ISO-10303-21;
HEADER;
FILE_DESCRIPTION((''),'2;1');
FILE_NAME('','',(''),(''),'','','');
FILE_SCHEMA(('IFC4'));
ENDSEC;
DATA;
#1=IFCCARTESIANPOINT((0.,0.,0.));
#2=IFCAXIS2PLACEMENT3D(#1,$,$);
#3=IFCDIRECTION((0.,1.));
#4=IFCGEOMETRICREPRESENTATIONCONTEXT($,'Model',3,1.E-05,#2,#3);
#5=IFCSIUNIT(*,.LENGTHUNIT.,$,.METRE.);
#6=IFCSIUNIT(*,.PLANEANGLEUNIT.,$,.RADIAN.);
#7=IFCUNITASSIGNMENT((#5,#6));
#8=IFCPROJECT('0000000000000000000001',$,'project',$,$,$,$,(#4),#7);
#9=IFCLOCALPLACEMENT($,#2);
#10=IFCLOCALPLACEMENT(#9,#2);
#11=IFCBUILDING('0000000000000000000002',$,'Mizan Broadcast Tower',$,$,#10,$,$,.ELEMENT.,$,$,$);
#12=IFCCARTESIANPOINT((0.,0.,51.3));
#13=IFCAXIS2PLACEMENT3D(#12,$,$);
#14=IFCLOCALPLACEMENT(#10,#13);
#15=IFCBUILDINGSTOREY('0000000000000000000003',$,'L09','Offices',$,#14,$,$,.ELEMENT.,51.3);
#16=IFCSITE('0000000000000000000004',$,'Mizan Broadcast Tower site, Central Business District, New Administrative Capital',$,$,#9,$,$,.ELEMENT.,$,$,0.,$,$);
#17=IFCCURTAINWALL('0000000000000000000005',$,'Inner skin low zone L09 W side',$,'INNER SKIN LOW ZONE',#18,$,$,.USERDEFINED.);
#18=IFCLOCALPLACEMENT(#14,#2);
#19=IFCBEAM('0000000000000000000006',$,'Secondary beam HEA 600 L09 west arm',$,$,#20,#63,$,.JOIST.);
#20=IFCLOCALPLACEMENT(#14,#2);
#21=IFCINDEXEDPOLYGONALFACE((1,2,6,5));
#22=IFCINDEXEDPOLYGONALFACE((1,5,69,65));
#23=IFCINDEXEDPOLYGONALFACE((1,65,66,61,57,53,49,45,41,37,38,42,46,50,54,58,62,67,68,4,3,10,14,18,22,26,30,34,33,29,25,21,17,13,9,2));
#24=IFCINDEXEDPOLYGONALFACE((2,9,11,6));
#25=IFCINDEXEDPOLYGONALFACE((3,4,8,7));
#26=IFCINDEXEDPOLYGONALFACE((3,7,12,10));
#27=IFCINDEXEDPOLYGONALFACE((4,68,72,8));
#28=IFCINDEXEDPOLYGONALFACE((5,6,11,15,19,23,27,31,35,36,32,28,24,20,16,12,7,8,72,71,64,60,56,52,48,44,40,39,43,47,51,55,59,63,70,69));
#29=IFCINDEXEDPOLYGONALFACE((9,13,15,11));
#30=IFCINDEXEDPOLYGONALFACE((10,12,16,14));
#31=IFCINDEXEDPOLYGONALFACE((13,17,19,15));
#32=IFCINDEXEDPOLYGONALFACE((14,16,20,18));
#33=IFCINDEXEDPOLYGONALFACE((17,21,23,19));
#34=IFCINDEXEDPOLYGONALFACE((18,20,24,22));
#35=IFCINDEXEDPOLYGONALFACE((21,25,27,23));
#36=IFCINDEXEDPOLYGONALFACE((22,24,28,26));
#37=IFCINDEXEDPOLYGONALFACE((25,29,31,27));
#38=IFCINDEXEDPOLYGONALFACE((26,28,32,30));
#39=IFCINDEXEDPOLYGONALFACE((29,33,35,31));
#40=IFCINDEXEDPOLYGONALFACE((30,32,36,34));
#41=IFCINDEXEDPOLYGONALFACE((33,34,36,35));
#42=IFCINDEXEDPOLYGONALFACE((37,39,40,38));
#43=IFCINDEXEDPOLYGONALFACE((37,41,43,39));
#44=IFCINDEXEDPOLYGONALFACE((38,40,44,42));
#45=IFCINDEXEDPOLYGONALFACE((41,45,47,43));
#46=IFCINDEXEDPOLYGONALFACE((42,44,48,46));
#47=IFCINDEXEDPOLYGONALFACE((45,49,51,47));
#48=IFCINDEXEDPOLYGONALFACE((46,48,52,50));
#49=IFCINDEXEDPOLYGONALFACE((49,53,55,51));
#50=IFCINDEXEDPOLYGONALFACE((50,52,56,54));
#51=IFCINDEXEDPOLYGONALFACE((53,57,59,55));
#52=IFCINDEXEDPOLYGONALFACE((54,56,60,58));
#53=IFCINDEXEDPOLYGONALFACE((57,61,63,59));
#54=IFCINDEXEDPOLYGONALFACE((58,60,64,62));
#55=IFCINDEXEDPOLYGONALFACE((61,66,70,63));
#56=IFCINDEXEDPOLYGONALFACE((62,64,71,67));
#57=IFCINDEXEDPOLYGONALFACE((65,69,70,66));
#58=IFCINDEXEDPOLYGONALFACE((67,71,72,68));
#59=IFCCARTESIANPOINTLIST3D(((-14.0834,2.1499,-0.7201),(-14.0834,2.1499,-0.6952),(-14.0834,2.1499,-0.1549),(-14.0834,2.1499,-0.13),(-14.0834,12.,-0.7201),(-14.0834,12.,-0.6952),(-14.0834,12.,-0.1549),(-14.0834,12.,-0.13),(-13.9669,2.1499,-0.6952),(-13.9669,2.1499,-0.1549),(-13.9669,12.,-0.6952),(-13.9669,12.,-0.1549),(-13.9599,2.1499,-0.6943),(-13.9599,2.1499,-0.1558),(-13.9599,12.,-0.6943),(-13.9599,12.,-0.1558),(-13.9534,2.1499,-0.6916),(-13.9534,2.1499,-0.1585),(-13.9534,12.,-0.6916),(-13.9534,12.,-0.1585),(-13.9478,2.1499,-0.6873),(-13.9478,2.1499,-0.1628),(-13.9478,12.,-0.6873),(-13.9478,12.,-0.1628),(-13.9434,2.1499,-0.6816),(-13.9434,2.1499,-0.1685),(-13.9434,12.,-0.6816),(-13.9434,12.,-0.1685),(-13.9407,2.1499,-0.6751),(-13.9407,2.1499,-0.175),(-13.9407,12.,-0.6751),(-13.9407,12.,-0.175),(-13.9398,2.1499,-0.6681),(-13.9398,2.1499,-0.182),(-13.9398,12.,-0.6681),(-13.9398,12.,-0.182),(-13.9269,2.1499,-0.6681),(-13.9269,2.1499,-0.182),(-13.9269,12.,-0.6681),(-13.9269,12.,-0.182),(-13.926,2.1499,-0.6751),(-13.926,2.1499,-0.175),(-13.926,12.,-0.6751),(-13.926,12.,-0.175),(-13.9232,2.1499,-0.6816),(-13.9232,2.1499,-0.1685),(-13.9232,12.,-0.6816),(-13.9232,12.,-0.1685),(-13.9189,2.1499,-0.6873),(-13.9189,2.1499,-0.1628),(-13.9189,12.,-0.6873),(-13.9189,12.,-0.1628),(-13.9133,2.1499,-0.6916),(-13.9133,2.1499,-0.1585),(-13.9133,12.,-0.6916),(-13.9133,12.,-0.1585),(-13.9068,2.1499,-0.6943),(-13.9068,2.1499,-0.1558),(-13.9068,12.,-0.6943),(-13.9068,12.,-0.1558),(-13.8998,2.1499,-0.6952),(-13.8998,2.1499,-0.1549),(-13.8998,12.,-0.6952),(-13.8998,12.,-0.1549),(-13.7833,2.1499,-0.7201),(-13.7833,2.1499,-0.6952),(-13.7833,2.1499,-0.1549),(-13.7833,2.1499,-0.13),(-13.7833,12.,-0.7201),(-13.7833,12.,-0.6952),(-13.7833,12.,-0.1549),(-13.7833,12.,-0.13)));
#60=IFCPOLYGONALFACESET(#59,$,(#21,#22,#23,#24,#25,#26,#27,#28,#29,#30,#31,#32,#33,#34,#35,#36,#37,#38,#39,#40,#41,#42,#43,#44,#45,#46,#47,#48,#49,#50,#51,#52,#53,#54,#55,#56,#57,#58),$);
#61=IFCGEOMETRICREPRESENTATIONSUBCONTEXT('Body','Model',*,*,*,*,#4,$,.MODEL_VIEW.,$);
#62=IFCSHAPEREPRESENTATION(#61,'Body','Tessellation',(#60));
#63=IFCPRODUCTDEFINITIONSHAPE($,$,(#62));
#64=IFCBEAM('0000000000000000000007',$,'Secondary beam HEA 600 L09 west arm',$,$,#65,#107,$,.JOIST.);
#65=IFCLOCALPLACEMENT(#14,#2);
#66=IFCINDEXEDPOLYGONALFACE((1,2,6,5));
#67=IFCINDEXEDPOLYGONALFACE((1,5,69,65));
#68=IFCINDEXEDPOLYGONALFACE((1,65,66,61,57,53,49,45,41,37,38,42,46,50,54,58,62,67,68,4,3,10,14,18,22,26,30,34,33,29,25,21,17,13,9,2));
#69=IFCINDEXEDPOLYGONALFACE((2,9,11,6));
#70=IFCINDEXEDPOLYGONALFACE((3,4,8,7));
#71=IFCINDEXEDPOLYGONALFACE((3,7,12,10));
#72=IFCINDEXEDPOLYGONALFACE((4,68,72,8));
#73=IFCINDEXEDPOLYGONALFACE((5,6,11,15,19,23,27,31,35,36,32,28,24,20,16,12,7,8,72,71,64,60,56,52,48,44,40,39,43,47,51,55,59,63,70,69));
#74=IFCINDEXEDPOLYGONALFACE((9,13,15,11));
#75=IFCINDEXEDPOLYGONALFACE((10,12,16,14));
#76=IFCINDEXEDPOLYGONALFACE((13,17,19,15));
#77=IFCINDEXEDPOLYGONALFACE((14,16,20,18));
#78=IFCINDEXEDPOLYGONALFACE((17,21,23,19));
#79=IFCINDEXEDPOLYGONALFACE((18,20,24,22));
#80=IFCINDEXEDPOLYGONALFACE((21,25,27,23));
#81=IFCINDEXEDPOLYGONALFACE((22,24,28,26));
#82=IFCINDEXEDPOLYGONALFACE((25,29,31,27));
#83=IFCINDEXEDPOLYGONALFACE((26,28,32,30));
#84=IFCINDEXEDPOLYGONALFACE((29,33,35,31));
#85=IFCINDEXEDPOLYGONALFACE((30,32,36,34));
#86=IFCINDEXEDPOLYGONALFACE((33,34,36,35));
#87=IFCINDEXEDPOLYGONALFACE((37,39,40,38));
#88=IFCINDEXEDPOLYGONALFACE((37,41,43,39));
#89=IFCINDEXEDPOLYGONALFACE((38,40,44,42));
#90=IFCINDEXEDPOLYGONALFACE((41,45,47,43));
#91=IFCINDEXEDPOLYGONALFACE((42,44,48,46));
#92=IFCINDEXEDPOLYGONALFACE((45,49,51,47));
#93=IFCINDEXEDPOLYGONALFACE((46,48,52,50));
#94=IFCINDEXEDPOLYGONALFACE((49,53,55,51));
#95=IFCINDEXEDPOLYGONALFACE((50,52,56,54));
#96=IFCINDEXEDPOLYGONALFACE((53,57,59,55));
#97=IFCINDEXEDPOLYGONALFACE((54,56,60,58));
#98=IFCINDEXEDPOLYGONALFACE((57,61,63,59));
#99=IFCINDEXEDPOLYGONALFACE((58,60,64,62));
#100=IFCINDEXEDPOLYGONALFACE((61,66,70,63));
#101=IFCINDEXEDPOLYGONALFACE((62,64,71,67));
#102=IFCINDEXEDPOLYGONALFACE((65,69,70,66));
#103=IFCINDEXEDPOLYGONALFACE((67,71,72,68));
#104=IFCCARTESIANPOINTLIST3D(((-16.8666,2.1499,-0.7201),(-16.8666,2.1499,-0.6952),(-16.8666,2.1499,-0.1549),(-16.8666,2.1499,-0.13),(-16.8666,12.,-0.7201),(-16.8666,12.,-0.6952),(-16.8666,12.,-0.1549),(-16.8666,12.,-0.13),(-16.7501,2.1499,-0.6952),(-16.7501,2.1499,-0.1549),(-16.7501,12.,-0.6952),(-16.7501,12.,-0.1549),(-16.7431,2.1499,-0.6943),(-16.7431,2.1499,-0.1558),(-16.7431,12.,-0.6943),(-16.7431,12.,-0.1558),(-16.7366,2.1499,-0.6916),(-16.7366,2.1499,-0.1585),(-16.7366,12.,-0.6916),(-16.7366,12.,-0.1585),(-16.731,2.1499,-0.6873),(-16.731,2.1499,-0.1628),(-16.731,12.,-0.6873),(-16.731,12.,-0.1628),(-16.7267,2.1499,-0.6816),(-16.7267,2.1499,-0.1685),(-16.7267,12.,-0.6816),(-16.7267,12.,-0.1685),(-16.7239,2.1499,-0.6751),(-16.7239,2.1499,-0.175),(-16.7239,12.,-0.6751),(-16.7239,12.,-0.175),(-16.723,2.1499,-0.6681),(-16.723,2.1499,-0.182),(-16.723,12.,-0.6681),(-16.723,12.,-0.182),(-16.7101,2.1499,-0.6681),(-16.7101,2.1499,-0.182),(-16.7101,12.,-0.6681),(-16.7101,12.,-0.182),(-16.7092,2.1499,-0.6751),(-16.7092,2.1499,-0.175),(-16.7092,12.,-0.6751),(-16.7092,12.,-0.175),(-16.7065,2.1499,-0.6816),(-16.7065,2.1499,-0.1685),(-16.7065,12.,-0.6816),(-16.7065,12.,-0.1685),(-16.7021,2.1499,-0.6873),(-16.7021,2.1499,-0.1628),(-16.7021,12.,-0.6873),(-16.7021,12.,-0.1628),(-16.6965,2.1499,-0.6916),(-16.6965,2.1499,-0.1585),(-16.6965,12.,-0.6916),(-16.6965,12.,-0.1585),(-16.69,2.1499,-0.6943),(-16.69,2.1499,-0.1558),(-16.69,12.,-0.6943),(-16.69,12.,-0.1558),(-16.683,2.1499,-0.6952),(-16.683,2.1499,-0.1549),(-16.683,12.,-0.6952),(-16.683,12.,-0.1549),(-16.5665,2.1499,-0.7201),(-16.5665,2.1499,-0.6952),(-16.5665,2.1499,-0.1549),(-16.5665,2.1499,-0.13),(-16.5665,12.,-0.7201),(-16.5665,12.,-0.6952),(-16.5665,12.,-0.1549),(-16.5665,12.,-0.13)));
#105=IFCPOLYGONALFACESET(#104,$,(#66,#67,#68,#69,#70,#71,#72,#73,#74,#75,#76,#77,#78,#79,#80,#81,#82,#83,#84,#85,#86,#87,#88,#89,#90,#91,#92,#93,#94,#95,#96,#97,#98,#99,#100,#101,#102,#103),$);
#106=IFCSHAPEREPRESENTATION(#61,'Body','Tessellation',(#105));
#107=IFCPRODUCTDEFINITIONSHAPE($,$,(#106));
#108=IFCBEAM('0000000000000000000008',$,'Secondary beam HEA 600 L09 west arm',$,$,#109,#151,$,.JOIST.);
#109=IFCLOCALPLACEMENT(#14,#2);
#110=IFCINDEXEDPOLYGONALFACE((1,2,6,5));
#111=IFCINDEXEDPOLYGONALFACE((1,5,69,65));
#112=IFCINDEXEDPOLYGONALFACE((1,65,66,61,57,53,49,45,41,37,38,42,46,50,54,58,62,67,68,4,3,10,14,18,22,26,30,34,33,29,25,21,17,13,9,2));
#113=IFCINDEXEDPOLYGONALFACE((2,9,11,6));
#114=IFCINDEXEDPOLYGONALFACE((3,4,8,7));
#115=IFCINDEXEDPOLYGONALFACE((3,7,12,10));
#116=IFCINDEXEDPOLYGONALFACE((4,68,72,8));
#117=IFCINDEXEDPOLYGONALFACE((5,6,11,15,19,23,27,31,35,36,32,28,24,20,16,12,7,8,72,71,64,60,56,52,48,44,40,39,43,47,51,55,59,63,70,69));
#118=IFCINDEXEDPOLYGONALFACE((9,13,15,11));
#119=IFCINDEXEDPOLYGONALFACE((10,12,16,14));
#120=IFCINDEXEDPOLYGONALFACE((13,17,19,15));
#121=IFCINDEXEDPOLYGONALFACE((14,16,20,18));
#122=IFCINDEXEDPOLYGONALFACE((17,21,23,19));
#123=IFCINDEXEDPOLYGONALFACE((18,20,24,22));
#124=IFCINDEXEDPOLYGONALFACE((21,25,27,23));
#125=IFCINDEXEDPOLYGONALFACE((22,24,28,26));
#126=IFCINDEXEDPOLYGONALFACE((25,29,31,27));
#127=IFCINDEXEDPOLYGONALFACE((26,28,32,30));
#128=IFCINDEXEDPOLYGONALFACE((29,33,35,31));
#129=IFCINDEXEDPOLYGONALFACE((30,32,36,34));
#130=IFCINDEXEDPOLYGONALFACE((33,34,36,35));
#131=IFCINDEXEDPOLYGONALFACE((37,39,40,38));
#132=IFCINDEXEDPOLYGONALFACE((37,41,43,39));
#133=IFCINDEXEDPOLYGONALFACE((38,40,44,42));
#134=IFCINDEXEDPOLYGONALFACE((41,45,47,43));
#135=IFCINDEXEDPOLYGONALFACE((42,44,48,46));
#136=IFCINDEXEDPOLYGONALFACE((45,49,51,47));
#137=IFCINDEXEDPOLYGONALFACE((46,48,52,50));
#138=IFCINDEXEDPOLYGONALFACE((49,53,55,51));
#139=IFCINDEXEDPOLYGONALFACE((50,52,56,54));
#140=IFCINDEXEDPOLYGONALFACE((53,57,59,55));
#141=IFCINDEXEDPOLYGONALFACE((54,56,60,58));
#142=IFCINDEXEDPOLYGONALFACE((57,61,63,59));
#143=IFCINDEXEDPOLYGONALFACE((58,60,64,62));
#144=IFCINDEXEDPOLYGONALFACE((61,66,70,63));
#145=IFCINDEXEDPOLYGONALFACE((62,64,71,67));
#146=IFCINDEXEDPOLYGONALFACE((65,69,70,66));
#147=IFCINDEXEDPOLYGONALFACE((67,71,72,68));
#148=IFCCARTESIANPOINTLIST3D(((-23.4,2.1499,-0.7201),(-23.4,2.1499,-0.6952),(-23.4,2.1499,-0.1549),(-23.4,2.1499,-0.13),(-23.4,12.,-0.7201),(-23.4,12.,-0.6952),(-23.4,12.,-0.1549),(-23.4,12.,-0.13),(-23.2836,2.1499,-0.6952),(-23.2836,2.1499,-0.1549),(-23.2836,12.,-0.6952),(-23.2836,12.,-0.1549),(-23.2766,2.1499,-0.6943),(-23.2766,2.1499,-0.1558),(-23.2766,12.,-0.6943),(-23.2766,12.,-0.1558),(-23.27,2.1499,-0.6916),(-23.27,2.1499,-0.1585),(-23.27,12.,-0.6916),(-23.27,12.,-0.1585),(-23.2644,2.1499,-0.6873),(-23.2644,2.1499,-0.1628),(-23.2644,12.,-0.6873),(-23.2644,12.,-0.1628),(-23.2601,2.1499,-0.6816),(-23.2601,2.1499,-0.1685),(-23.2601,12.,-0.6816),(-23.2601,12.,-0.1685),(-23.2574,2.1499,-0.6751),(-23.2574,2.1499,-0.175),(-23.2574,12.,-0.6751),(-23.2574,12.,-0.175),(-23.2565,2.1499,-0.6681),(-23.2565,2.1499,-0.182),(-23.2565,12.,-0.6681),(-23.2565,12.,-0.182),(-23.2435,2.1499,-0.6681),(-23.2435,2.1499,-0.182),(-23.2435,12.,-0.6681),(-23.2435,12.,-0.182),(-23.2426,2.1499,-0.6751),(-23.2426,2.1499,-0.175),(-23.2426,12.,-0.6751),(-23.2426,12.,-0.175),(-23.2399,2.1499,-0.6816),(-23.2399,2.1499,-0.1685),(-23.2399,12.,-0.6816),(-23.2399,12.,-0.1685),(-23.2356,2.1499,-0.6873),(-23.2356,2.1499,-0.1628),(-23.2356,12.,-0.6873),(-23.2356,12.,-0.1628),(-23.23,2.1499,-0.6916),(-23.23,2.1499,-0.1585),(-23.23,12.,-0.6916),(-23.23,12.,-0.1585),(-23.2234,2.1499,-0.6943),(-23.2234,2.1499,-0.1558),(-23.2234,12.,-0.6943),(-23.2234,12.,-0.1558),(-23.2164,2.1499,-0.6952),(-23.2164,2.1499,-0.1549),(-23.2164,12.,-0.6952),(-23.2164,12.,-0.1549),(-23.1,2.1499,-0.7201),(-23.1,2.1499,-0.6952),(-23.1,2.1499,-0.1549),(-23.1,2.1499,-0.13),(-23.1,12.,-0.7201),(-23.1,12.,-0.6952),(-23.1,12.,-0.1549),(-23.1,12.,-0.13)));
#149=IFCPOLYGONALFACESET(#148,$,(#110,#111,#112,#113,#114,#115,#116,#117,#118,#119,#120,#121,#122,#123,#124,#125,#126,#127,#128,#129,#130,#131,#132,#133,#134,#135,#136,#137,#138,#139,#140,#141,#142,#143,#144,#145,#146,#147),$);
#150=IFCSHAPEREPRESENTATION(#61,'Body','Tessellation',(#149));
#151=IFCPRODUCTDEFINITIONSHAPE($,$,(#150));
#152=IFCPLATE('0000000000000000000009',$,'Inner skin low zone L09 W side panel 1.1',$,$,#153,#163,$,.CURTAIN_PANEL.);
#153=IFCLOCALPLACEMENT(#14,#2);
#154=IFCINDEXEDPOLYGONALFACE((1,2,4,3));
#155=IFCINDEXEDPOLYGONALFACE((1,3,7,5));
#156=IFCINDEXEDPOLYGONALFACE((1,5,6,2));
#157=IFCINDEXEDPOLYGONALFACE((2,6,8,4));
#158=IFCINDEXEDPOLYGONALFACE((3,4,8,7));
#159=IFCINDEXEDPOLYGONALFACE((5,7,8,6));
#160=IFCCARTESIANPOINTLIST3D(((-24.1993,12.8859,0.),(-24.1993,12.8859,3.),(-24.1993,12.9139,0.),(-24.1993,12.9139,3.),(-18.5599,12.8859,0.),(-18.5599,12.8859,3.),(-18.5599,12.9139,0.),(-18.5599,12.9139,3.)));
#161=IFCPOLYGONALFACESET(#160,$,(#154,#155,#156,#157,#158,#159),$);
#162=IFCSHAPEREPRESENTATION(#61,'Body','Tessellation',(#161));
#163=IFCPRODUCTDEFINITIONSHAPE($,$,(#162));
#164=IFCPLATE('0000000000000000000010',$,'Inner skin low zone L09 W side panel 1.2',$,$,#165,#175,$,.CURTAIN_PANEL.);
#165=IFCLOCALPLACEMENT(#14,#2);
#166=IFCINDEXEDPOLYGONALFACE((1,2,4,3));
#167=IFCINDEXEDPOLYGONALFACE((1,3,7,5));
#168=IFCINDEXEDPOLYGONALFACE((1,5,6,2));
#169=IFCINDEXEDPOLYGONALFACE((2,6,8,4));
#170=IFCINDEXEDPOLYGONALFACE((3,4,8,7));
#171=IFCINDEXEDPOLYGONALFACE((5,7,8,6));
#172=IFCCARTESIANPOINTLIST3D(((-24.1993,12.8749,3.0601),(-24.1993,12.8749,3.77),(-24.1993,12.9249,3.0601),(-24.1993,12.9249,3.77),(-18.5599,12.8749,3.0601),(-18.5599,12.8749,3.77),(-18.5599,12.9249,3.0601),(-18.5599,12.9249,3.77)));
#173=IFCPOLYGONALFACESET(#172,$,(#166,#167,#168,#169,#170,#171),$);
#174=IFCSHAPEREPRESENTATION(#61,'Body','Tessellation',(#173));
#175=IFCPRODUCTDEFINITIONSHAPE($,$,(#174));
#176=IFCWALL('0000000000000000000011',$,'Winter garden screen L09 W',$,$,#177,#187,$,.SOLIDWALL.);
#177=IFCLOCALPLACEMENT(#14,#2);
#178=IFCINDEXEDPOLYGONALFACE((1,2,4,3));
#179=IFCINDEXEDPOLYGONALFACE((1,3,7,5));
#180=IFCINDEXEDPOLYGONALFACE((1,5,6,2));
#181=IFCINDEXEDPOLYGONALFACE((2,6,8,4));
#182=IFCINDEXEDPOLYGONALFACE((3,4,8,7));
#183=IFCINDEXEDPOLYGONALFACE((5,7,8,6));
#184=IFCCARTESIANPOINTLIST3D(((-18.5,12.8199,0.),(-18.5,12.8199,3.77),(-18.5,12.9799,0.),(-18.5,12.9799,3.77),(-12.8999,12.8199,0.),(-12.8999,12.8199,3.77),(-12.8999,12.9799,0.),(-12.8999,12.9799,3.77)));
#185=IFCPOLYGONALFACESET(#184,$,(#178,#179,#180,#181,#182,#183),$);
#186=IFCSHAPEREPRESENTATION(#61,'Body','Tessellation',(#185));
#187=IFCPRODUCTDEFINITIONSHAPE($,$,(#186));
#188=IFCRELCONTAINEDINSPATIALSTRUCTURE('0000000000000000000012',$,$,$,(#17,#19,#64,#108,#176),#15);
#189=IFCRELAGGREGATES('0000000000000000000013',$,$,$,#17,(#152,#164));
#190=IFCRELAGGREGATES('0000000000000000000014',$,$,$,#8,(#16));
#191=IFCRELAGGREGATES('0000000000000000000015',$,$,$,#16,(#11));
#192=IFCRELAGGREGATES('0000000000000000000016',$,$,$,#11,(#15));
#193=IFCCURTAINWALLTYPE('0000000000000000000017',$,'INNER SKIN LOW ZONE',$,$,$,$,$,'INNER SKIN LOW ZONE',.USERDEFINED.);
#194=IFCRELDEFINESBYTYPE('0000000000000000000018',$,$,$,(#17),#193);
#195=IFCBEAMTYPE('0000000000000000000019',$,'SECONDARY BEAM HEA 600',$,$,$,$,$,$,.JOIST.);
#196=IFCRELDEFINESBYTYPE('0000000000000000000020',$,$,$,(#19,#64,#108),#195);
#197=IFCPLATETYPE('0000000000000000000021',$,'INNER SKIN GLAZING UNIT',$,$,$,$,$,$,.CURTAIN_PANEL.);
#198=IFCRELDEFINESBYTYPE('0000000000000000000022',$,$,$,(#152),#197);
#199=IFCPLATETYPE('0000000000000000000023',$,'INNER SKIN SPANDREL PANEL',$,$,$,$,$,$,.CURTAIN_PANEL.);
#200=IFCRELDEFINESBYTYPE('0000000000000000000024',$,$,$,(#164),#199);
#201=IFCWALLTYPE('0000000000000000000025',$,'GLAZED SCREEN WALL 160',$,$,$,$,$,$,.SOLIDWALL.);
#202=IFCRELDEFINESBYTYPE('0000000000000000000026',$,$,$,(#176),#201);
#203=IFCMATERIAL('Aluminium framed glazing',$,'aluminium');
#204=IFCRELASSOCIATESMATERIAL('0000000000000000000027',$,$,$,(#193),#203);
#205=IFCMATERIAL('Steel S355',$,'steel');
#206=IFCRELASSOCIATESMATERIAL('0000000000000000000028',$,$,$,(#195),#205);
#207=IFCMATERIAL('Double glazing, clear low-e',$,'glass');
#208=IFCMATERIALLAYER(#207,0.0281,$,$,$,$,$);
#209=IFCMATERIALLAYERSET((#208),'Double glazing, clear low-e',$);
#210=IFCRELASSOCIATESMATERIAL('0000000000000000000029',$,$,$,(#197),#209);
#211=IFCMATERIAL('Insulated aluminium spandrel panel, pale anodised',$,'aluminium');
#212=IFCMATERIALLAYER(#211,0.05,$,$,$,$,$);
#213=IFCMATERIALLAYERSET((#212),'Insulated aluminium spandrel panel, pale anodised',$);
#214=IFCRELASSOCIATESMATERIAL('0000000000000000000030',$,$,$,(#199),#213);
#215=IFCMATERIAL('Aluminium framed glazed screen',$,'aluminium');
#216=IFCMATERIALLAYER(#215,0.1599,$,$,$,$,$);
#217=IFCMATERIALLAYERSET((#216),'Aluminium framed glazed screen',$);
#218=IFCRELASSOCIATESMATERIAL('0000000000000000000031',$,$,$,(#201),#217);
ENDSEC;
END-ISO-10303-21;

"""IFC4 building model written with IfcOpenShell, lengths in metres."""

from ifc_helpers import new_model, si_unit, direction, frame, frame_2d, origin, origin_2d, place, context, subcontext, project, spatial, rectangle, i_section, extrude, material, layer, layer_set, material_profile, profile_set, type_object, element, aggregate, save


model = new_model("IFC4")

# Units and contexts
model_context = context("Model", 3, precision=1e-05, world=origin(), true_north=direction((0.0, 1.0)))
body_context = subcontext(model_context, "Body", "Model", "MODEL_VIEW")
ifc_project = project(units=[si_unit("LENGTHUNIT", "METRE"), si_unit("PLANEANGLEUNIT", "RADIAN")], contexts=[model_context])

# Site, building, storey
site_placement = place(None, origin())
site = spatial("IfcSite", under=ifc_project, at=site_placement, Name="Mizan Broadcast Tower site, Central Business District, New Administrative Capital", CompositionType="ELEMENT", RefElevation=0.0)
building_placement = place(site_placement, origin())
building = spatial("IfcBuilding", under=site, at=building_placement, Name="Mizan Broadcast Tower", CompositionType="ELEMENT")
storey_placement = place(building_placement, frame((0.0, 0.0, 51.3)))
storey = spatial("IfcBuildingStorey", under=building, at=storey_placement, Name="L09", Description="Offices", CompositionType="ELEMENT", Elevation=51.3)

# Curtain wall
ifc_material_1 = material(Name="Aluminium framed glazing", Category="aluminium")
curtain_wall_type = type_object("IfcCurtainWallType", Name="INNER SKIN LOW ZONE", ElementType="INNER SKIN LOW ZONE", PredefinedType="USERDEFINED", material=ifc_material_1)
curtain_wall_placement = place(storey_placement, origin())
curtain_wall = element("IfcCurtainWall", 1, at=curtain_wall_placement, inside=storey, type_object=curtain_wall_type, Name="Inner skin low zone L09 W side", ObjectType="INNER SKIN LOW ZONE", PredefinedType="USERDEFINED")

# Beams
ifc_material_2 = material(Name="Steel S355", Category="steel")
ifc_material_profile_1 = material_profile(ifc_material_2, i_section(OverallWidth=0.3, OverallDepth=0.5901, WebThickness=0.0129, FlangeThickness=0.0249, FilletRadius=0.0271, at=origin_2d()), Name="HEA 600")
ifc_profile_set_1 = profile_set([ifc_material_profile_1], Name="Steel S355")
beam_type_1 = type_object("IfcBeamType", Name="SECONDARY BEAM HEA 600", PredefinedType="JOIST", material=ifc_profile_set_1)
for number, where, z_axis, x_axis, name in (
    (2, (-13.9333, 12.0, -0.425), (0.0, -1.0, 0.0), (1.0, 0.0, 0.0), "Secondary beam HEA 600 L09 west arm"),
    (3, (-16.7166, 12.0, -0.425), (0.0, -1.0, 0.0), (1.0, 0.0, 0.0), "Secondary beam HEA 600 L09 west arm"),
    (4, (-23.25, 12.0, -0.425), (0.0, -1.0, 0.0), (1.0, 0.0, 0.0), "Secondary beam HEA 600 L09 west arm"),
):
    element("IfcBeam", number, at=place(storey_placement, frame(where, z_axis=z_axis, x_axis=x_axis)), inside=storey, type_object=beam_type_1, Name=name, PredefinedType="JOIST", context=body_context, shape_type="SweptSolid", body=[
        extrude(i_section(OverallWidth=0.3, OverallDepth=0.5901, WebThickness=0.0129, FlangeThickness=0.0249, FilletRadius=0.0271, at=origin_2d()), origin(), (0.0, 0.0, 1.0), 9.8501),
    ])

# Plates
ifc_material_3 = material(Name="Double glazing, clear low-e", Category="glass")
ifc_layer_1 = layer(ifc_material_3, 0.0281)
ifc_layer_set_1 = layer_set([ifc_layer_1], Name="Double glazing, clear low-e")
plate_type_1 = type_object("IfcPlateType", Name="INNER SKIN GLAZING UNIT", PredefinedType="CURTAIN_PANEL", material=ifc_layer_set_1)
plate_1_placement = place(storey_placement, frame((-21.3796, 12.8999, 0.0), z_axis=(0.0, 0.0, 1.0), x_axis=(-1.0, 0.0, 0.0)))
plate_1 = element("IfcPlate", 5, at=plate_1_placement, type_object=plate_type_1, Name="Inner skin low zone L09 W side panel 1.1", PredefinedType="CURTAIN_PANEL", context=body_context, shape_type="SweptSolid", body=[
    extrude(rectangle(XDim=5.6394, YDim=0.0281, at=origin_2d()), origin(), (0.0, 0.0, 1.0), 3.0),
])
ifc_material_4 = material(Name="Insulated aluminium spandrel panel, pale anodised", Category="aluminium")
ifc_layer_2 = layer(ifc_material_4, 0.05)
ifc_layer_set_2 = layer_set([ifc_layer_2], Name="Insulated aluminium spandrel panel, pale anodised")
plate_type_2 = type_object("IfcPlateType", Name="INNER SKIN SPANDREL PANEL", PredefinedType="CURTAIN_PANEL", material=ifc_layer_set_2)
plate_2_placement = place(storey_placement, frame((-21.3796, 12.8999, 3.0601), z_axis=(0.0, 0.0, 1.0), x_axis=(-1.0, 0.0, 0.0)))
plate_2 = element("IfcPlate", 6, at=plate_2_placement, type_object=plate_type_2, Name="Inner skin low zone L09 W side panel 1.2", PredefinedType="CURTAIN_PANEL", context=body_context, shape_type="SweptSolid", body=[
    extrude(rectangle(XDim=5.6394, YDim=0.05, at=origin_2d()), origin(), (0.0, 0.0, 1.0), 0.71),
])
aggregate(curtain_wall, [plate_1, plate_2])

# Wall
ifc_material_5 = material(Name="Aluminium framed glazed screen", Category="aluminium")
ifc_layer_3 = layer(ifc_material_5, 0.1599)
ifc_layer_set_3 = layer_set([ifc_layer_3], Name="Aluminium framed glazed screen")
wall_type_1 = type_object("IfcWallType", Name="GLAZED SCREEN WALL 160", PredefinedType="SOLIDWALL", material=ifc_layer_set_3)
wall_1_placement = place(storey_placement, frame((-12.8999, 12.8999, 0.0), z_axis=(0.0, 0.0, 1.0), x_axis=(-1.0, 0.0, 0.0)))
element("IfcWall", 7, at=wall_1_placement, inside=storey, type_object=wall_type_1, Name="Winter garden screen L09 W", PredefinedType="SOLIDWALL", context=body_context, shape_type="SweptSolid", body=[
    extrude(rectangle(XDim=5.6001, YDim=0.1599, at=frame_2d((2.8, 0.0))), origin(), (0.0, 0.0, 1.0), 3.77),
])

save(model, "model.ifc")
